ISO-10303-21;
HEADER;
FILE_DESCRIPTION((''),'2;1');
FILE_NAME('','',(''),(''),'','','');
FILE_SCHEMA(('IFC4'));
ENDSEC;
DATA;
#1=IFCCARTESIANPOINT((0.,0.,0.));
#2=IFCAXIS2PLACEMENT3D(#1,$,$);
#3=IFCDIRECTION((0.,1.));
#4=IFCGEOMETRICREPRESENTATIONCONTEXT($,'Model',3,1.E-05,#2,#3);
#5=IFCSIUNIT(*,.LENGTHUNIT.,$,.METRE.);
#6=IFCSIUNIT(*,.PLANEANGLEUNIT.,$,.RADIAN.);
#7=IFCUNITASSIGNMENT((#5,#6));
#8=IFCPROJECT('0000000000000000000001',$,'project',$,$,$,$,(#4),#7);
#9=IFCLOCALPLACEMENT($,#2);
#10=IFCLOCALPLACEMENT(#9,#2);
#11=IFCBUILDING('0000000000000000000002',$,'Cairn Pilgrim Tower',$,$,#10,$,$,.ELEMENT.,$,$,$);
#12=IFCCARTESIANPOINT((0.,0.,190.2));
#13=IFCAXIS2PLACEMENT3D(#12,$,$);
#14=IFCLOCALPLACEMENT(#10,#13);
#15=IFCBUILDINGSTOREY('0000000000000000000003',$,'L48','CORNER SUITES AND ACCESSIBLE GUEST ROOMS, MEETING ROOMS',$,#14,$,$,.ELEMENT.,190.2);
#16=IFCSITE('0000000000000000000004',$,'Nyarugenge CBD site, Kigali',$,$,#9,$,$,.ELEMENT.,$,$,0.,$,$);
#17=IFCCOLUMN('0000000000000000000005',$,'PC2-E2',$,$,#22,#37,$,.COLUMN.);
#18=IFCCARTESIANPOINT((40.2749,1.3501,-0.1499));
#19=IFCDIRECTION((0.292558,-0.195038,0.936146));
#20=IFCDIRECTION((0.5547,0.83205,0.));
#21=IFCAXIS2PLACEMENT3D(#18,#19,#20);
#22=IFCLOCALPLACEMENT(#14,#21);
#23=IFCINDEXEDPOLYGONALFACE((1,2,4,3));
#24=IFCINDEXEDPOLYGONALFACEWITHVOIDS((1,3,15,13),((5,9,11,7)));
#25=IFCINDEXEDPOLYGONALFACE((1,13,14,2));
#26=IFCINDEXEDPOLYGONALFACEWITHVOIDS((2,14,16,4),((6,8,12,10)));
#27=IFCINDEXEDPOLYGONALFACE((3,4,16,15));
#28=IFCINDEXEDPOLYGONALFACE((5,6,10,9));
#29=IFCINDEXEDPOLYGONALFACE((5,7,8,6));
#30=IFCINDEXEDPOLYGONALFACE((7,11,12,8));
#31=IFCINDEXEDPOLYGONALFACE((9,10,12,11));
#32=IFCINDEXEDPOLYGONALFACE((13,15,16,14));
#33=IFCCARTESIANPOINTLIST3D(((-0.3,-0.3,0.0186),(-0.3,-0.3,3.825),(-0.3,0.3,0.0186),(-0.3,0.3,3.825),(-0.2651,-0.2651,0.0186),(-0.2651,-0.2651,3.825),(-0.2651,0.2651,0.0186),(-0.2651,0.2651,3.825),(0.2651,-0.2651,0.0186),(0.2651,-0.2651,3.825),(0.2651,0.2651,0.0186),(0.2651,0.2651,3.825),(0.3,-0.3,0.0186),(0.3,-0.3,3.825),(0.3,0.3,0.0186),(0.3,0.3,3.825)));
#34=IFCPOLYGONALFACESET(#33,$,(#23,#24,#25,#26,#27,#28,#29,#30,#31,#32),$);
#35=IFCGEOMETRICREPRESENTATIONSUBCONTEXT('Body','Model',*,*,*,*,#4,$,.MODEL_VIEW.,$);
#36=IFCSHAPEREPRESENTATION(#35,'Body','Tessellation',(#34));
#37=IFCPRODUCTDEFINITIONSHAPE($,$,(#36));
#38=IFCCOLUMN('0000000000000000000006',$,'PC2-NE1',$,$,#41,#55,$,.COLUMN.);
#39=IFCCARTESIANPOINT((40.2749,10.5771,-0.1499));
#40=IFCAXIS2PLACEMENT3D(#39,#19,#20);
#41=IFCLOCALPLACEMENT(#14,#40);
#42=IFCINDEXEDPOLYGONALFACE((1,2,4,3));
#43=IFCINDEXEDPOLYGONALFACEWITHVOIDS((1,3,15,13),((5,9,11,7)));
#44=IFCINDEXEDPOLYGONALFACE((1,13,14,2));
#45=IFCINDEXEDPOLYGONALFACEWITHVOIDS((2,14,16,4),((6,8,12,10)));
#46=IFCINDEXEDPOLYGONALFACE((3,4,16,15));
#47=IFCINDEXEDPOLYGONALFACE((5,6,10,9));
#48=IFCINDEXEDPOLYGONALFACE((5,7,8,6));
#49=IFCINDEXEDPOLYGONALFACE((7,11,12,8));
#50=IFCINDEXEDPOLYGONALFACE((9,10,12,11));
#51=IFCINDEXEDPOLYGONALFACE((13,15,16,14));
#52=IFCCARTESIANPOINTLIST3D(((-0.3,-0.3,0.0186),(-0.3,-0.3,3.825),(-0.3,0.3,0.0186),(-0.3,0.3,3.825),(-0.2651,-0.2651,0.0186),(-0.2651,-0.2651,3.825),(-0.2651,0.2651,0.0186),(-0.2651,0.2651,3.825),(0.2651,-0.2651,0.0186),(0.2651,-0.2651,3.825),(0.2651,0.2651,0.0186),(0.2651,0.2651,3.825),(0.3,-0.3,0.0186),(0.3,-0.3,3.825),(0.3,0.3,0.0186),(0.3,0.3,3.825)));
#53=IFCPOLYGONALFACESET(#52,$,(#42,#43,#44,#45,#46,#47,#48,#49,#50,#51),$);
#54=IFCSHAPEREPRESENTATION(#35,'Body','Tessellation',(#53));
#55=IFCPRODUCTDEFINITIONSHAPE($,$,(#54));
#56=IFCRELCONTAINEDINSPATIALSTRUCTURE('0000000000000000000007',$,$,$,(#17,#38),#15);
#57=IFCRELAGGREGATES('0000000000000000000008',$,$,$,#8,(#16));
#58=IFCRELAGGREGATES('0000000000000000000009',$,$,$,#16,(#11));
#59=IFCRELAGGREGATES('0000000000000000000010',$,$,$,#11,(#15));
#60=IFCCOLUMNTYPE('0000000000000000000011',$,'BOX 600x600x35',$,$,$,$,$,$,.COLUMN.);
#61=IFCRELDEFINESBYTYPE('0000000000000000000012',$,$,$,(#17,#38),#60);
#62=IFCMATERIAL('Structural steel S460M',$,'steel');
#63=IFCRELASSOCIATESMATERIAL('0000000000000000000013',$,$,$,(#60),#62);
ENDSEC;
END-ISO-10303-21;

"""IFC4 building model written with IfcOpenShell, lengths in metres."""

from ifc_helpers import new_model, si_unit, direction, frame, origin, origin_2d, place, context, subcontext, project, spatial, hollow_rectangle, extrude, clip, halfspace, material, material_profile, profile_set, type_object, element, save


model = new_model("IFC4")

# Units and contexts
model_context = context("Model", 3, precision=1e-05, world=origin(), true_north=direction((0.0, 1.0)))
body_context = subcontext(model_context, "Body", "Model", "MODEL_VIEW")
ifc_project = project(units=[si_unit("LENGTHUNIT", "METRE"), si_unit("PLANEANGLEUNIT", "RADIAN")], contexts=[model_context])

# Site, building, storey
site_placement = place(None, origin())
site = spatial("IfcSite", under=ifc_project, at=site_placement, Name="Nyarugenge CBD site, Kigali", CompositionType="ELEMENT", RefElevation=0.0)
building_placement = place(site_placement, origin())
building = spatial("IfcBuilding", under=site, at=building_placement, Name="Cairn Pilgrim Tower", CompositionType="ELEMENT")
storey_placement = place(building_placement, frame((0.0, 0.0, 190.2)))
storey = spatial("IfcBuildingStorey", under=building, at=storey_placement, Name="L48", Description="CORNER SUITES AND ACCESSIBLE GUEST ROOMS, MEETING ROOMS", CompositionType="ELEMENT", Elevation=190.2)

# Columns
ifc_material_1 = material(Name="Structural steel S460M", Category="steel")
ifc_material_profile_1 = material_profile(ifc_material_1, hollow_rectangle(XDim=0.6001, YDim=0.6001, WallThickness=0.0349, at=origin_2d()), Name="BOX 600x600x35")
ifc_profile_set_1 = profile_set([ifc_material_profile_1], Name="Structural steel S460M")
column_type_1 = type_object("IfcColumnType", Name="BOX 600x600x35", PredefinedType="COLUMN", material=ifc_profile_set_1)
for number, where, z_axis, x_axis, name in (
    (1, (40.2749, 1.3501, -0.1499), (0.292558, -0.195038, 0.936146), (0.5547, 0.83205, 0.0), "PC2-E2"),
    (2, (40.2749, 10.5771, -0.1499), (0.292558, -0.195038, 0.936146), (0.5547, 0.83205, 0.0), "PC2-NE1"),
):
    element("IfcColumn", number, at=place(storey_placement, frame(where, z_axis=z_axis, x_axis=x_axis)), inside=storey, type_object=column_type_1, Name=name, PredefinedType="COLUMN", context=body_context, shape_type="Clipping", body=[
        clip(clip(extrude(hollow_rectangle(XDim=0.6001, YDim=0.6001, WallThickness=0.0349, at=origin_2d()), origin(), (0.0, 0.0, 1.0), 3.8455), halfspace(frame((0.0, 0.0, 0.0186), z_axis=(0.0, 0.0, 1.0), x_axis=(1.0, 0.0, 0.0)), True)), halfspace(frame((0.0, 0.0, 3.825), z_axis=(0.0, 0.0, 1.0), x_axis=(1.0, 0.0, 0.0)), False)),
    ])

save(model, "model.ifc")
